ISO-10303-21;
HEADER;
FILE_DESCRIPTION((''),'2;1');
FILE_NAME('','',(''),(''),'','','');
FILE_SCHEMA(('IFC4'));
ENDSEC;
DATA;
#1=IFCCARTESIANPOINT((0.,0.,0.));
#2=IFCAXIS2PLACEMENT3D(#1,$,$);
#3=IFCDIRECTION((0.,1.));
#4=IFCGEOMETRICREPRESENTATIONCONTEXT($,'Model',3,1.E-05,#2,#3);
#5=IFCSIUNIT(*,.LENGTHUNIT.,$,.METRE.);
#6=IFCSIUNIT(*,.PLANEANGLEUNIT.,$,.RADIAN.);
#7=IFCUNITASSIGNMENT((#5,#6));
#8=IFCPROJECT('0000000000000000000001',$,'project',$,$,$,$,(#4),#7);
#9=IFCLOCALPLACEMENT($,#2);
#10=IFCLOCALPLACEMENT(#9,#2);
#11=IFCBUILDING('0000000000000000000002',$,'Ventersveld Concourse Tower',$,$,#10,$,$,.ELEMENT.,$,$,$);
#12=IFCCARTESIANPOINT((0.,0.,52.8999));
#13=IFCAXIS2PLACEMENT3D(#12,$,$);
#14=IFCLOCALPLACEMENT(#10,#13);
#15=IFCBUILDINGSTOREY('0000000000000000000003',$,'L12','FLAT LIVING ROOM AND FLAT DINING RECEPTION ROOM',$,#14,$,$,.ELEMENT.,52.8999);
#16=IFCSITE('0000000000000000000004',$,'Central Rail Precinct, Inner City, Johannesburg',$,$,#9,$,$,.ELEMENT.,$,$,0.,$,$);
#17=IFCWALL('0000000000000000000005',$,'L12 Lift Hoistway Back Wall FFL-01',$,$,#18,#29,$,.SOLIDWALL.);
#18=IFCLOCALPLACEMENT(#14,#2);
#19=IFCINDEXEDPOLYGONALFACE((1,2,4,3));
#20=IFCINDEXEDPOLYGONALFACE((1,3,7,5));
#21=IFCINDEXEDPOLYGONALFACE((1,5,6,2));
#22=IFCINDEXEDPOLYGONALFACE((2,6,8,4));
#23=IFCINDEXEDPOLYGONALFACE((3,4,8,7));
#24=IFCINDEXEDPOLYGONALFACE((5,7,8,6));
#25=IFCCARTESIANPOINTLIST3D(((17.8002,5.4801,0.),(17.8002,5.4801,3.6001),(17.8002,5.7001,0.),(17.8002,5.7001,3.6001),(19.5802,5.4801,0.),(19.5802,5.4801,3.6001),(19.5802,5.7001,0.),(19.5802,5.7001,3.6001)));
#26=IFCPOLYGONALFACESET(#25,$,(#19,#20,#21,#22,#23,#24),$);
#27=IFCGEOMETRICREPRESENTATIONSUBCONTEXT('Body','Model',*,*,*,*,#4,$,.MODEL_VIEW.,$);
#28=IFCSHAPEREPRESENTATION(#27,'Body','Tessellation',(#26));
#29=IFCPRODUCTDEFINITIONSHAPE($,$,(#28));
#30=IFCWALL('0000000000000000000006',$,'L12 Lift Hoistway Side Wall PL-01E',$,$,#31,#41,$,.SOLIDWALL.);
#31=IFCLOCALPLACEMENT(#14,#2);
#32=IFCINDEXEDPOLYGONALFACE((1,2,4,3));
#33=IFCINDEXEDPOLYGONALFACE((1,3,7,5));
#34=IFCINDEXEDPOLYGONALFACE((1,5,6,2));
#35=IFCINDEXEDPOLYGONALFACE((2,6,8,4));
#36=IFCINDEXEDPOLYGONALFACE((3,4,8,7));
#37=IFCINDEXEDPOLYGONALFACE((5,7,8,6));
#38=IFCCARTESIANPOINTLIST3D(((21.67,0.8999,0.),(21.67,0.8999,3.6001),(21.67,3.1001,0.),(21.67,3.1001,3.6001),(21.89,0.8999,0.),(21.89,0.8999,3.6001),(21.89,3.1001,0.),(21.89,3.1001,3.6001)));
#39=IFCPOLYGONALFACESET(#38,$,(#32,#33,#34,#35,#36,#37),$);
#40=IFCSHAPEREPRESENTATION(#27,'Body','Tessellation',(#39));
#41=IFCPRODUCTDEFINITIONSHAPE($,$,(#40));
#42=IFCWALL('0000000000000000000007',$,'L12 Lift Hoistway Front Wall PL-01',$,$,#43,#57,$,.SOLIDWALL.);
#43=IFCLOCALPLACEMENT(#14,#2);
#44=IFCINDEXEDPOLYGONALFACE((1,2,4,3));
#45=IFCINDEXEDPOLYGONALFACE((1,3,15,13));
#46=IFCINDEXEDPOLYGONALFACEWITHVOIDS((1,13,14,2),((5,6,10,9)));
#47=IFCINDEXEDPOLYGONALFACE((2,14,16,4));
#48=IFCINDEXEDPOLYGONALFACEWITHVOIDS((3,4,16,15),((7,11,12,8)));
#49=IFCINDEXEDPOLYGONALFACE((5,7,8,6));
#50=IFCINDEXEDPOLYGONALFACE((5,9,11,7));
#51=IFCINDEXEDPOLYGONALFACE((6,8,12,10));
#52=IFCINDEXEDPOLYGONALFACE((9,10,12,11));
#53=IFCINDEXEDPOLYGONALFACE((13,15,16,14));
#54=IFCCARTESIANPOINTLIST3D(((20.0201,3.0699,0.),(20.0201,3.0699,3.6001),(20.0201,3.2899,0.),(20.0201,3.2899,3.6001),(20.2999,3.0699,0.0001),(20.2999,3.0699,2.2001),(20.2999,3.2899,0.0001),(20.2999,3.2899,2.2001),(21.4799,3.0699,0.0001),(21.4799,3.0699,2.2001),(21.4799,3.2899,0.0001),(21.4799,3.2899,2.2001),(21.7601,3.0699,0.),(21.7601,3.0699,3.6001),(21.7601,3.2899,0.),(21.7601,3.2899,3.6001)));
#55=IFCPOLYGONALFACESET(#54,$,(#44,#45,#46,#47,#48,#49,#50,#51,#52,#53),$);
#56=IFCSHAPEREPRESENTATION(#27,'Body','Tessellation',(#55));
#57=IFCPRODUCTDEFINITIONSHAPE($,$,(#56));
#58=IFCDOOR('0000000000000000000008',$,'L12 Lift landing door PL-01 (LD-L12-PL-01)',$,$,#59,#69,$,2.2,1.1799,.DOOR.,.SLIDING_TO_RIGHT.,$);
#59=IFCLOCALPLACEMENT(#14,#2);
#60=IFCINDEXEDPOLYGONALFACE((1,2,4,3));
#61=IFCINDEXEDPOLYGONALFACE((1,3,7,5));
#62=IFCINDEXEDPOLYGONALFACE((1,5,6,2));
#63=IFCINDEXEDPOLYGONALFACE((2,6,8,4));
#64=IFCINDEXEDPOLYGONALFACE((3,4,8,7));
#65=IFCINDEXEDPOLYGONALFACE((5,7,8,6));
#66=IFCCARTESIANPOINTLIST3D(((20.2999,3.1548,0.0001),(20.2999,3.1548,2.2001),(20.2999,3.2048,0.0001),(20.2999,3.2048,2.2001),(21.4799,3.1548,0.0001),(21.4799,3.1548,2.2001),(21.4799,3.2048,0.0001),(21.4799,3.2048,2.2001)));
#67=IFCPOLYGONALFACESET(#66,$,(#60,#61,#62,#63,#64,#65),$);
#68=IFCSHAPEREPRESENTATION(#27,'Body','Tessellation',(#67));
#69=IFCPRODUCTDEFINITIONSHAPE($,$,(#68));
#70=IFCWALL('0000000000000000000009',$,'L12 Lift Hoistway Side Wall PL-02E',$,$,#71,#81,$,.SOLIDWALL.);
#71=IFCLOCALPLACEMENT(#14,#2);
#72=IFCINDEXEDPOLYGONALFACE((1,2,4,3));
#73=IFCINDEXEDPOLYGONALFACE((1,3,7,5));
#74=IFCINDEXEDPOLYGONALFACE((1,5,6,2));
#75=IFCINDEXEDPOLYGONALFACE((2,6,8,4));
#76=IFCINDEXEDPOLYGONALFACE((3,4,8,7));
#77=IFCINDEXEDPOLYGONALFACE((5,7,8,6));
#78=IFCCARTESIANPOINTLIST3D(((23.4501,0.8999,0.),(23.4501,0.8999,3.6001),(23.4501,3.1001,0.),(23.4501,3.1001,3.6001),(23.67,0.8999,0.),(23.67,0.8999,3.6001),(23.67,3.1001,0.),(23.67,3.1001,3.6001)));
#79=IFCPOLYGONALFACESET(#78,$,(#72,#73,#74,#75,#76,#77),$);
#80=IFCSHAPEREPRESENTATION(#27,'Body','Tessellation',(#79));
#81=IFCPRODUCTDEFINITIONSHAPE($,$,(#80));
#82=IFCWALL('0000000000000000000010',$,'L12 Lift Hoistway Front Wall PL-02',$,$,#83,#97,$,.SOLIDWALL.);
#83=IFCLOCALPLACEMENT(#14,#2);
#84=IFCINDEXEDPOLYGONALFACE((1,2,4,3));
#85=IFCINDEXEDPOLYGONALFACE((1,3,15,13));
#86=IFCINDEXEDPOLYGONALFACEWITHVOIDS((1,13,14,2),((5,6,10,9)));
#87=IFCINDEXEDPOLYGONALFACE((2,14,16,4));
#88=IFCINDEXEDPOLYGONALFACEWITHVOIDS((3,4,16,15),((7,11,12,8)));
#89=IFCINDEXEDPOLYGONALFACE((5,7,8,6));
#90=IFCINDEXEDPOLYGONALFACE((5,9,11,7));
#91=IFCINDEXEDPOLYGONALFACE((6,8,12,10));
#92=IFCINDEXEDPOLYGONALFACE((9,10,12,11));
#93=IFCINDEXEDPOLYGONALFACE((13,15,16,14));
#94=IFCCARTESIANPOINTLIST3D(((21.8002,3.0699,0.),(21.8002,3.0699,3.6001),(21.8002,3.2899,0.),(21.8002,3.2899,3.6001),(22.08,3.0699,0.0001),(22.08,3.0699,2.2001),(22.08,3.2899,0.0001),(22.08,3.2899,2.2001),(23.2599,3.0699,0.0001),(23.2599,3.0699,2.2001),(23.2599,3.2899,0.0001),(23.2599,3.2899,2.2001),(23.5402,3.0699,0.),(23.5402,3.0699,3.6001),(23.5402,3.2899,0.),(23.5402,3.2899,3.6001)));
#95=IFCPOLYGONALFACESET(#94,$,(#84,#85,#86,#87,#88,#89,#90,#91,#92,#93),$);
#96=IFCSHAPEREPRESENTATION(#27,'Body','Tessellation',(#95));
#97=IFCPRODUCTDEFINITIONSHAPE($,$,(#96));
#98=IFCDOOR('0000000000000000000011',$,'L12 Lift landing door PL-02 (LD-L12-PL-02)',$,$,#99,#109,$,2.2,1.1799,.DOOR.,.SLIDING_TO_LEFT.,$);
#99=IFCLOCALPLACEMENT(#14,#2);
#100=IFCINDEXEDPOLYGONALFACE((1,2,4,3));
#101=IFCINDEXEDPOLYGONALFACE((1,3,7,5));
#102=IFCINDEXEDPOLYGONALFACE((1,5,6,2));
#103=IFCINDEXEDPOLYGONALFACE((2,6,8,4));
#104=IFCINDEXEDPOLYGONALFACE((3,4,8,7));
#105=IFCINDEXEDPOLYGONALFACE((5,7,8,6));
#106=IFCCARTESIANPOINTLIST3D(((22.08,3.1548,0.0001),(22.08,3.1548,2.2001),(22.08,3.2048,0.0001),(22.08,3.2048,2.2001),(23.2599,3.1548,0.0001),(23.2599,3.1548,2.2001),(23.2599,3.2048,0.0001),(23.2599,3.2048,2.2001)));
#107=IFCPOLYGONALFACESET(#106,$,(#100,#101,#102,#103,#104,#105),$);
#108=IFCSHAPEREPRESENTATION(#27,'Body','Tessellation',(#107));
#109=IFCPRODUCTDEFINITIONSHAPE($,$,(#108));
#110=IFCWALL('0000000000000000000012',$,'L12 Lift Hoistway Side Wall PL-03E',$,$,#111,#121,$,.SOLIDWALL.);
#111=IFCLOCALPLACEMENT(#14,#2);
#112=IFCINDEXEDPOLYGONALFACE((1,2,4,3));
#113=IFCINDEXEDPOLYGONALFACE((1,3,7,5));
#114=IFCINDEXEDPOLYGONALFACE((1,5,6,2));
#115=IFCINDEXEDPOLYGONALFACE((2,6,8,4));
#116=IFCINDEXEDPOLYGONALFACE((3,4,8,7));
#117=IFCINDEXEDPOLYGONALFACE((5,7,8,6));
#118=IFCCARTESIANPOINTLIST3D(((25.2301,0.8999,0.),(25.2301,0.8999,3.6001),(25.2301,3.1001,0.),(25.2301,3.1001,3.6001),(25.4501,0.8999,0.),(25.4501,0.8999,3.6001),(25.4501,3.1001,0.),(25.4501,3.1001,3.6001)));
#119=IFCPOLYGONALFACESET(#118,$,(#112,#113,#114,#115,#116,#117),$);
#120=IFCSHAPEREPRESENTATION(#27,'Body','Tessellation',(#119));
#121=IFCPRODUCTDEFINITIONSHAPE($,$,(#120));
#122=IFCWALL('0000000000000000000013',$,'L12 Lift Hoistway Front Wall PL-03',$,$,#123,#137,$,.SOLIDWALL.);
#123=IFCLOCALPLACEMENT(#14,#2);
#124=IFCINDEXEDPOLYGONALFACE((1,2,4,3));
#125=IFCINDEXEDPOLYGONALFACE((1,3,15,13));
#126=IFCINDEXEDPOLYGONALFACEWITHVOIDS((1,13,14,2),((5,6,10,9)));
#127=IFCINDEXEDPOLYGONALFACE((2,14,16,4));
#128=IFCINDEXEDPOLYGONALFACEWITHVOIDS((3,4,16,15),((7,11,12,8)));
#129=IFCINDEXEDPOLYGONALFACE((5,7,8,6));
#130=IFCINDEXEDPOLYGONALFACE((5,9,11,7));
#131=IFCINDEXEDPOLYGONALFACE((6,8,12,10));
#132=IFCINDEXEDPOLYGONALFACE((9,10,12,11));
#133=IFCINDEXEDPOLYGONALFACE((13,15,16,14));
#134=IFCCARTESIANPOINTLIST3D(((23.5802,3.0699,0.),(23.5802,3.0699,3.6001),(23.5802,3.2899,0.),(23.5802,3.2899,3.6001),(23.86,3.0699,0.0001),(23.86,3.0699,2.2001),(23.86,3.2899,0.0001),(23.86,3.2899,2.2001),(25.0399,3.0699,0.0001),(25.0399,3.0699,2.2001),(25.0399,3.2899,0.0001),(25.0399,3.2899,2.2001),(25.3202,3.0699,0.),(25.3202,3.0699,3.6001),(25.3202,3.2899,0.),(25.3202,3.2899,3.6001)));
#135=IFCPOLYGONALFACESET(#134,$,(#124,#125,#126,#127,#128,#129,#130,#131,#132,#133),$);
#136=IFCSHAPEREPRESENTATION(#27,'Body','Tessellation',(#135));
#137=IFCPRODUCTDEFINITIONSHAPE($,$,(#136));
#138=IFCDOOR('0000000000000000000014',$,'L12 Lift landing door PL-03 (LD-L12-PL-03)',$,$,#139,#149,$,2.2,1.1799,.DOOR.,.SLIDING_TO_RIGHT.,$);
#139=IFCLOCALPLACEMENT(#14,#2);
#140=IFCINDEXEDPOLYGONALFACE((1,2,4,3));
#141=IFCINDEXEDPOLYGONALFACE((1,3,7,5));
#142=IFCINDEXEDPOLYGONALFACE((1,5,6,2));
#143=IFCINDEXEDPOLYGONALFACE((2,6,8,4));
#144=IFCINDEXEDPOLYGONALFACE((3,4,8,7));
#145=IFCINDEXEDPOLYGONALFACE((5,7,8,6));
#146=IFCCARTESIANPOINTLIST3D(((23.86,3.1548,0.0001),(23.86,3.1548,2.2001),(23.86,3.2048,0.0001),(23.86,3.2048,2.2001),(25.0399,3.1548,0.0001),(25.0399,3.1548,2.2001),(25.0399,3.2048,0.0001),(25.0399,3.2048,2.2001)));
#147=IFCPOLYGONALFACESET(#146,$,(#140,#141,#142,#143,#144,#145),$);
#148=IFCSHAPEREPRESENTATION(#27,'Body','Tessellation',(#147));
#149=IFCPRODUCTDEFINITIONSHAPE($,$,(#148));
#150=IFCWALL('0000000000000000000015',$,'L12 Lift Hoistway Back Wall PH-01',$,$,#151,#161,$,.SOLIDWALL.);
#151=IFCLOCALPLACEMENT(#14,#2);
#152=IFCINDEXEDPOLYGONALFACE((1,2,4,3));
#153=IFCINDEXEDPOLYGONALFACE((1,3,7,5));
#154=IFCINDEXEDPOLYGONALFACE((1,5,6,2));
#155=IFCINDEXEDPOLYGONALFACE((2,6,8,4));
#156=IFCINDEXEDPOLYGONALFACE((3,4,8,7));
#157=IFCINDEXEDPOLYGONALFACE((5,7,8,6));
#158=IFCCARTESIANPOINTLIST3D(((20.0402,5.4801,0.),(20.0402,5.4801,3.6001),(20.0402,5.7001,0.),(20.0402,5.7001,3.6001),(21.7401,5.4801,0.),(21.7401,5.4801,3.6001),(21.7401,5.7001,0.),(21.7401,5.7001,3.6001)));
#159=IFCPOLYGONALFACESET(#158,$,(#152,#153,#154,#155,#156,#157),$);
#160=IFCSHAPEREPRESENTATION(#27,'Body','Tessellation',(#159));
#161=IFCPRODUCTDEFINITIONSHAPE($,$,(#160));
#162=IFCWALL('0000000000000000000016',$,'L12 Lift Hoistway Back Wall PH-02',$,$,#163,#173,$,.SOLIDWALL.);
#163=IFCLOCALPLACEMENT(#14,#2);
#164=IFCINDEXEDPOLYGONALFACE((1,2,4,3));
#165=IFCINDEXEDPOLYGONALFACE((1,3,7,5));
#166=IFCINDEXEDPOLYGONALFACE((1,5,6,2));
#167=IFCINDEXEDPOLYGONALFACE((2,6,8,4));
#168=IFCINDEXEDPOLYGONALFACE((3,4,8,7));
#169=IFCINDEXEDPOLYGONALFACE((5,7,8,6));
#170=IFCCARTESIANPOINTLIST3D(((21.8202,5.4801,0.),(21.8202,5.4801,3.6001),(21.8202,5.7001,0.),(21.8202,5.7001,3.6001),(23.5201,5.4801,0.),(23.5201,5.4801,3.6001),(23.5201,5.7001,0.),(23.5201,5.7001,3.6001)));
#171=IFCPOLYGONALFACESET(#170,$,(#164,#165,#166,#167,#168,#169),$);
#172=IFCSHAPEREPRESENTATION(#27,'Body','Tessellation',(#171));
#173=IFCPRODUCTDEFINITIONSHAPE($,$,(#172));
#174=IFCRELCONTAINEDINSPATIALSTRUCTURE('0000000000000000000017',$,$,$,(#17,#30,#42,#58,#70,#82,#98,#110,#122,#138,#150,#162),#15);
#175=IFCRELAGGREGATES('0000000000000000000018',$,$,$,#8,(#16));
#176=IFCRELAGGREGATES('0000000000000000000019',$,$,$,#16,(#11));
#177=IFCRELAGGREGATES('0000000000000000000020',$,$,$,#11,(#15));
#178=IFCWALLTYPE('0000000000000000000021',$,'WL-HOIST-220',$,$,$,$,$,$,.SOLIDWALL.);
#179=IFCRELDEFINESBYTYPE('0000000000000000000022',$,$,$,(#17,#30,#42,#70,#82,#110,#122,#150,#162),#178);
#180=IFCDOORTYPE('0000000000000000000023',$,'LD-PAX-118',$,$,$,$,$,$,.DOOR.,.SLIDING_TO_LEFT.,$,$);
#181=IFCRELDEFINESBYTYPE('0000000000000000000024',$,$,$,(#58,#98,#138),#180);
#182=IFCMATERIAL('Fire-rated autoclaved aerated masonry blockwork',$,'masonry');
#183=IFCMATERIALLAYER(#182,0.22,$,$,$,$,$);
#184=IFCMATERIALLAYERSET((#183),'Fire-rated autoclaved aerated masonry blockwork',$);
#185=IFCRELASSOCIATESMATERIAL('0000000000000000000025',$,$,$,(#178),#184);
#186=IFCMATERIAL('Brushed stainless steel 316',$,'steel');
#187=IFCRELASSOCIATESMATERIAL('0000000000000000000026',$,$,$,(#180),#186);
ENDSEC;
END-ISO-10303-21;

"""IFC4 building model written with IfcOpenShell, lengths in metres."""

from ifc_helpers import new_model, si_unit, direction, frame, frame_2d, origin, place, context, subcontext, project, spatial, rectangle, extrude, material, layer, layer_set, type_object, element, fill, save


model = new_model("IFC4")

# Units and contexts
model_context = context("Model", 3, precision=1e-05, world=origin(), true_north=direction((0.0, 1.0)))
body_context = subcontext(model_context, "Body", "Model", "MODEL_VIEW")
ifc_project = project(units=[si_unit("LENGTHUNIT", "METRE"), si_unit("PLANEANGLEUNIT", "RADIAN")], contexts=[model_context])

# Site, building, storey
site_placement = place(None, origin())
site = spatial("IfcSite", under=ifc_project, at=site_placement, Name="Central Rail Precinct, Inner City, Johannesburg", CompositionType="ELEMENT", RefElevation=0.0)
building_placement = place(site_placement, origin())
building = spatial("IfcBuilding", under=site, at=building_placement, Name="Ventersveld Concourse Tower", CompositionType="ELEMENT")
storey_placement = place(building_placement, frame((0.0, 0.0, 52.8999)))
storey = spatial("IfcBuildingStorey", under=building, at=storey_placement, Name="L12", Description="FLAT LIVING ROOM AND FLAT DINING RECEPTION ROOM", CompositionType="ELEMENT", Elevation=52.8999)

# Walls
ifc_material_1 = material(Name="Fire-rated autoclaved aerated masonry blockwork", Category="masonry")
ifc_layer_1 = layer(ifc_material_1, 0.22)
ifc_layer_set_1 = layer_set([ifc_layer_1], Name="Fire-rated autoclaved aerated masonry blockwork")
wall_type_1 = type_object("IfcWallType", Name="WL-HOIST-220", PredefinedType="SOLIDWALL", material=ifc_layer_set_1)
wall_1_placement = place(storey_placement, frame((17.8, 5.5901, 0.0), z_axis=(0.0, 0.0, 1.0), x_axis=(1.0, 0.0, 0.0)))
element("IfcWall", 1, at=wall_1_placement, inside=storey, type_object=wall_type_1, Name="L12 Lift Hoistway Back Wall FFL-01", PredefinedType="SOLIDWALL", context=body_context, shape_type="SweptSolid", body=[
    extrude(rectangle(XDim=1.78, YDim=0.22, at=frame_2d((0.8901, 0.0))), origin(), (0.0, 0.0, 1.0), 3.6001),
])
wall_2_placement = place(storey_placement, frame((21.78, 0.8999, 0.0), z_axis=(0.0, 0.0, 1.0), x_axis=(0.0, 1.0, 0.0)))
element("IfcWall", 2, at=wall_2_placement, inside=storey, type_object=wall_type_1, Name="L12 Lift Hoistway Side Wall PL-01E", PredefinedType="SOLIDWALL", context=body_context, shape_type="SweptSolid", body=[
    extrude(rectangle(XDim=2.2002, YDim=0.22, at=frame_2d((1.1001, 0.0))), origin(), (0.0, 0.0, 1.0), 3.6001),
])

# Wall, opening, door
wall_3_placement = place(storey_placement, frame((20.02, 3.1799, 0.0), z_axis=(0.0, 0.0, 1.0), x_axis=(1.0, 0.0, 0.0)))
wall_3 = element("IfcWall", 3, at=wall_3_placement, inside=storey, type_object=wall_type_1, Name="L12 Lift Hoistway Front Wall PL-01", PredefinedType="SOLIDWALL", context=body_context, shape_type="SweptSolid", body=[
    extrude(rectangle(XDim=1.74, YDim=0.22, at=frame_2d((0.8701, 0.0))), origin(), (0.0, 0.0, 1.0), 3.6001),
])
opening_1_placement = place(wall_3_placement, frame((0.28, 0.0, 0.0)))
opening_1 = element("IfcOpeningElement", 4, at=opening_1_placement, cuts=wall_3, PredefinedType="OPENING", context=body_context, shape_type="SweptSolid", body=[
    extrude(rectangle(XDim=1.1799, YDim=2.2, at=frame_2d((0.5898, 1.1001))), frame((0.0, 0.1201, 0.0), z_axis=(0.0, -1.0, 0.0), x_axis=(1.0, 0.0, 0.0)), (0.0, 0.0, 1.0), 0.24),
])
ifc_material_2 = material(Name="Brushed stainless steel 316", Category="steel")
door_type = type_object("IfcDoorType", Name="LD-PAX-118", OperationType="SLIDING_TO_LEFT", PredefinedType="DOOR", material=ifc_material_2)
door_1_placement = place(opening_1_placement, origin())
door_1 = element("IfcDoor", 5, at=door_1_placement, inside=storey, type_object=door_type, Name="L12 Lift landing door PL-01 (LD-L12-PL-01)", OperationType="SLIDING_TO_RIGHT", OverallHeight=2.2, OverallWidth=1.1799, PredefinedType="DOOR", context=body_context, shape_type="SweptSolid", body=[
    extrude(rectangle(XDim=1.1799, YDim=2.2, at=frame_2d((0.5898, 1.1001))), frame((0.0, 0.0249, 0.0), z_axis=(0.0, -1.0, 0.0), x_axis=(1.0, 0.0, 0.0)), (0.0, 0.0, 1.0), 0.05),
])
fill(opening_1, door_1)

# Wall
wall_4_placement = place(storey_placement, frame((23.5601, 0.8999, 0.0), z_axis=(0.0, 0.0, 1.0), x_axis=(0.0, 1.0, 0.0)))
element("IfcWall", 6, at=wall_4_placement, inside=storey, type_object=wall_type_1, Name="L12 Lift Hoistway Side Wall PL-02E", PredefinedType="SOLIDWALL", context=body_context, shape_type="SweptSolid", body=[
    extrude(rectangle(XDim=2.2002, YDim=0.22, at=frame_2d((1.1001, 0.0))), origin(), (0.0, 0.0, 1.0), 3.6001),
])

# Wall, opening, door
wall_5_placement = place(storey_placement, frame((21.8, 3.1799, 0.0), z_axis=(0.0, 0.0, 1.0), x_axis=(1.0, 0.0, 0.0)))
wall_5 = element("IfcWall", 7, at=wall_5_placement, inside=storey, type_object=wall_type_1, Name="L12 Lift Hoistway Front Wall PL-02", PredefinedType="SOLIDWALL", context=body_context, shape_type="SweptSolid", body=[
    extrude(rectangle(XDim=1.74, YDim=0.22, at=frame_2d((0.8701, 0.0))), origin(), (0.0, 0.0, 1.0), 3.6001),
])
opening_2_placement = place(wall_5_placement, frame((0.28, 0.0, 0.0)))
opening_2 = element("IfcOpeningElement", 8, at=opening_2_placement, cuts=wall_5, PredefinedType="OPENING", context=body_context, shape_type="SweptSolid", body=[
    extrude(rectangle(XDim=1.1799, YDim=2.2, at=frame_2d((0.5898, 1.1001))), frame((0.0, 0.1201, 0.0), z_axis=(0.0, -1.0, 0.0), x_axis=(1.0, 0.0, 0.0)), (0.0, 0.0, 1.0), 0.24),
])
door_2_placement = place(opening_2_placement, origin())
door_2 = element("IfcDoor", 9, at=door_2_placement, inside=storey, type_object=door_type, Name="L12 Lift landing door PL-02 (LD-L12-PL-02)", OperationType="SLIDING_TO_LEFT", OverallHeight=2.2, OverallWidth=1.1799, PredefinedType="DOOR", context=body_context, shape_type="SweptSolid", body=[
    extrude(rectangle(XDim=1.1799, YDim=2.2, at=frame_2d((0.5898, 1.1001))), frame((0.0, 0.0249, 0.0), z_axis=(0.0, -1.0, 0.0), x_axis=(1.0, 0.0, 0.0)), (0.0, 0.0, 1.0), 0.05),
])
fill(opening_2, door_2)

# Wall
wall_6_placement = place(storey_placement, frame((25.3401, 0.8999, 0.0), z_axis=(0.0, 0.0, 1.0), x_axis=(0.0, 1.0, 0.0)))
element("IfcWall", 10, at=wall_6_placement, inside=storey, type_object=wall_type_1, Name="L12 Lift Hoistway Side Wall PL-03E", PredefinedType="SOLIDWALL", context=body_context, shape_type="SweptSolid", body=[
    extrude(rectangle(XDim=2.2002, YDim=0.22, at=frame_2d((1.1001, 0.0))), origin(), (0.0, 0.0, 1.0), 3.6001),
])

# Wall, opening, door
wall_7_placement = place(storey_placement, frame((23.5801, 3.1799, 0.0), z_axis=(0.0, 0.0, 1.0), x_axis=(1.0, 0.0, 0.0)))
wall_7 = element("IfcWall", 11, at=wall_7_placement, inside=storey, type_object=wall_type_1, Name="L12 Lift Hoistway Front Wall PL-03", PredefinedType="SOLIDWALL", context=body_context, shape_type="SweptSolid", body=[
    extrude(rectangle(XDim=1.74, YDim=0.22, at=frame_2d((0.8701, 0.0))), origin(), (0.0, 0.0, 1.0), 3.6001),
])
opening_3_placement = place(wall_7_placement, frame((0.28, 0.0, 0.0)))
opening_3 = element("IfcOpeningElement", 12, at=opening_3_placement, cuts=wall_7, PredefinedType="OPENING", context=body_context, shape_type="SweptSolid", body=[
    extrude(rectangle(XDim=1.1799, YDim=2.2, at=frame_2d((0.5898, 1.1001))), frame((0.0, 0.1201, 0.0), z_axis=(0.0, -1.0, 0.0), x_axis=(1.0, 0.0, 0.0)), (0.0, 0.0, 1.0), 0.24),
])
door_3_placement = place(opening_3_placement, origin())
door_3 = element("IfcDoor", 13, at=door_3_placement, inside=storey, type_object=door_type, Name="L12 Lift landing door PL-03 (LD-L12-PL-03)", OperationType="SLIDING_TO_RIGHT", OverallHeight=2.2, OverallWidth=1.1799, PredefinedType="DOOR", context=body_context, shape_type="SweptSolid", body=[
    extrude(rectangle(XDim=1.1799, YDim=2.2, at=frame_2d((0.5898, 1.1001))), frame((0.0, 0.0249, 0.0), z_axis=(0.0, -1.0, 0.0), x_axis=(1.0, 0.0, 0.0)), (0.0, 0.0, 1.0), 0.05),
])
fill(opening_3, door_3)

# Walls
for number, where, z_axis, x_axis, name in (
    (14, (20.04, 5.5901, 0.0), (0.0, 0.0, 1.0), (1.0, 0.0, 0.0), "L12 Lift Hoistway Back Wall PH-01"),
    (15, (21.8201, 5.5901, 0.0), (0.0, 0.0, 1.0), (1.0, 0.0, 0.0), "L12 Lift Hoistway Back Wall PH-02"),
):
    element("IfcWall", number, at=place(storey_placement, frame(where, z_axis=z_axis, x_axis=x_axis)), inside=storey, type_object=wall_type_1, Name=name, PredefinedType="SOLIDWALL", context=body_context, shape_type="SweptSolid", body=[
        extrude(rectangle(XDim=1.7, YDim=0.22, at=frame_2d((0.8501, 0.0))), origin(), (0.0, 0.0, 1.0), 3.6001),
    ])

save(model, "model.ifc")
